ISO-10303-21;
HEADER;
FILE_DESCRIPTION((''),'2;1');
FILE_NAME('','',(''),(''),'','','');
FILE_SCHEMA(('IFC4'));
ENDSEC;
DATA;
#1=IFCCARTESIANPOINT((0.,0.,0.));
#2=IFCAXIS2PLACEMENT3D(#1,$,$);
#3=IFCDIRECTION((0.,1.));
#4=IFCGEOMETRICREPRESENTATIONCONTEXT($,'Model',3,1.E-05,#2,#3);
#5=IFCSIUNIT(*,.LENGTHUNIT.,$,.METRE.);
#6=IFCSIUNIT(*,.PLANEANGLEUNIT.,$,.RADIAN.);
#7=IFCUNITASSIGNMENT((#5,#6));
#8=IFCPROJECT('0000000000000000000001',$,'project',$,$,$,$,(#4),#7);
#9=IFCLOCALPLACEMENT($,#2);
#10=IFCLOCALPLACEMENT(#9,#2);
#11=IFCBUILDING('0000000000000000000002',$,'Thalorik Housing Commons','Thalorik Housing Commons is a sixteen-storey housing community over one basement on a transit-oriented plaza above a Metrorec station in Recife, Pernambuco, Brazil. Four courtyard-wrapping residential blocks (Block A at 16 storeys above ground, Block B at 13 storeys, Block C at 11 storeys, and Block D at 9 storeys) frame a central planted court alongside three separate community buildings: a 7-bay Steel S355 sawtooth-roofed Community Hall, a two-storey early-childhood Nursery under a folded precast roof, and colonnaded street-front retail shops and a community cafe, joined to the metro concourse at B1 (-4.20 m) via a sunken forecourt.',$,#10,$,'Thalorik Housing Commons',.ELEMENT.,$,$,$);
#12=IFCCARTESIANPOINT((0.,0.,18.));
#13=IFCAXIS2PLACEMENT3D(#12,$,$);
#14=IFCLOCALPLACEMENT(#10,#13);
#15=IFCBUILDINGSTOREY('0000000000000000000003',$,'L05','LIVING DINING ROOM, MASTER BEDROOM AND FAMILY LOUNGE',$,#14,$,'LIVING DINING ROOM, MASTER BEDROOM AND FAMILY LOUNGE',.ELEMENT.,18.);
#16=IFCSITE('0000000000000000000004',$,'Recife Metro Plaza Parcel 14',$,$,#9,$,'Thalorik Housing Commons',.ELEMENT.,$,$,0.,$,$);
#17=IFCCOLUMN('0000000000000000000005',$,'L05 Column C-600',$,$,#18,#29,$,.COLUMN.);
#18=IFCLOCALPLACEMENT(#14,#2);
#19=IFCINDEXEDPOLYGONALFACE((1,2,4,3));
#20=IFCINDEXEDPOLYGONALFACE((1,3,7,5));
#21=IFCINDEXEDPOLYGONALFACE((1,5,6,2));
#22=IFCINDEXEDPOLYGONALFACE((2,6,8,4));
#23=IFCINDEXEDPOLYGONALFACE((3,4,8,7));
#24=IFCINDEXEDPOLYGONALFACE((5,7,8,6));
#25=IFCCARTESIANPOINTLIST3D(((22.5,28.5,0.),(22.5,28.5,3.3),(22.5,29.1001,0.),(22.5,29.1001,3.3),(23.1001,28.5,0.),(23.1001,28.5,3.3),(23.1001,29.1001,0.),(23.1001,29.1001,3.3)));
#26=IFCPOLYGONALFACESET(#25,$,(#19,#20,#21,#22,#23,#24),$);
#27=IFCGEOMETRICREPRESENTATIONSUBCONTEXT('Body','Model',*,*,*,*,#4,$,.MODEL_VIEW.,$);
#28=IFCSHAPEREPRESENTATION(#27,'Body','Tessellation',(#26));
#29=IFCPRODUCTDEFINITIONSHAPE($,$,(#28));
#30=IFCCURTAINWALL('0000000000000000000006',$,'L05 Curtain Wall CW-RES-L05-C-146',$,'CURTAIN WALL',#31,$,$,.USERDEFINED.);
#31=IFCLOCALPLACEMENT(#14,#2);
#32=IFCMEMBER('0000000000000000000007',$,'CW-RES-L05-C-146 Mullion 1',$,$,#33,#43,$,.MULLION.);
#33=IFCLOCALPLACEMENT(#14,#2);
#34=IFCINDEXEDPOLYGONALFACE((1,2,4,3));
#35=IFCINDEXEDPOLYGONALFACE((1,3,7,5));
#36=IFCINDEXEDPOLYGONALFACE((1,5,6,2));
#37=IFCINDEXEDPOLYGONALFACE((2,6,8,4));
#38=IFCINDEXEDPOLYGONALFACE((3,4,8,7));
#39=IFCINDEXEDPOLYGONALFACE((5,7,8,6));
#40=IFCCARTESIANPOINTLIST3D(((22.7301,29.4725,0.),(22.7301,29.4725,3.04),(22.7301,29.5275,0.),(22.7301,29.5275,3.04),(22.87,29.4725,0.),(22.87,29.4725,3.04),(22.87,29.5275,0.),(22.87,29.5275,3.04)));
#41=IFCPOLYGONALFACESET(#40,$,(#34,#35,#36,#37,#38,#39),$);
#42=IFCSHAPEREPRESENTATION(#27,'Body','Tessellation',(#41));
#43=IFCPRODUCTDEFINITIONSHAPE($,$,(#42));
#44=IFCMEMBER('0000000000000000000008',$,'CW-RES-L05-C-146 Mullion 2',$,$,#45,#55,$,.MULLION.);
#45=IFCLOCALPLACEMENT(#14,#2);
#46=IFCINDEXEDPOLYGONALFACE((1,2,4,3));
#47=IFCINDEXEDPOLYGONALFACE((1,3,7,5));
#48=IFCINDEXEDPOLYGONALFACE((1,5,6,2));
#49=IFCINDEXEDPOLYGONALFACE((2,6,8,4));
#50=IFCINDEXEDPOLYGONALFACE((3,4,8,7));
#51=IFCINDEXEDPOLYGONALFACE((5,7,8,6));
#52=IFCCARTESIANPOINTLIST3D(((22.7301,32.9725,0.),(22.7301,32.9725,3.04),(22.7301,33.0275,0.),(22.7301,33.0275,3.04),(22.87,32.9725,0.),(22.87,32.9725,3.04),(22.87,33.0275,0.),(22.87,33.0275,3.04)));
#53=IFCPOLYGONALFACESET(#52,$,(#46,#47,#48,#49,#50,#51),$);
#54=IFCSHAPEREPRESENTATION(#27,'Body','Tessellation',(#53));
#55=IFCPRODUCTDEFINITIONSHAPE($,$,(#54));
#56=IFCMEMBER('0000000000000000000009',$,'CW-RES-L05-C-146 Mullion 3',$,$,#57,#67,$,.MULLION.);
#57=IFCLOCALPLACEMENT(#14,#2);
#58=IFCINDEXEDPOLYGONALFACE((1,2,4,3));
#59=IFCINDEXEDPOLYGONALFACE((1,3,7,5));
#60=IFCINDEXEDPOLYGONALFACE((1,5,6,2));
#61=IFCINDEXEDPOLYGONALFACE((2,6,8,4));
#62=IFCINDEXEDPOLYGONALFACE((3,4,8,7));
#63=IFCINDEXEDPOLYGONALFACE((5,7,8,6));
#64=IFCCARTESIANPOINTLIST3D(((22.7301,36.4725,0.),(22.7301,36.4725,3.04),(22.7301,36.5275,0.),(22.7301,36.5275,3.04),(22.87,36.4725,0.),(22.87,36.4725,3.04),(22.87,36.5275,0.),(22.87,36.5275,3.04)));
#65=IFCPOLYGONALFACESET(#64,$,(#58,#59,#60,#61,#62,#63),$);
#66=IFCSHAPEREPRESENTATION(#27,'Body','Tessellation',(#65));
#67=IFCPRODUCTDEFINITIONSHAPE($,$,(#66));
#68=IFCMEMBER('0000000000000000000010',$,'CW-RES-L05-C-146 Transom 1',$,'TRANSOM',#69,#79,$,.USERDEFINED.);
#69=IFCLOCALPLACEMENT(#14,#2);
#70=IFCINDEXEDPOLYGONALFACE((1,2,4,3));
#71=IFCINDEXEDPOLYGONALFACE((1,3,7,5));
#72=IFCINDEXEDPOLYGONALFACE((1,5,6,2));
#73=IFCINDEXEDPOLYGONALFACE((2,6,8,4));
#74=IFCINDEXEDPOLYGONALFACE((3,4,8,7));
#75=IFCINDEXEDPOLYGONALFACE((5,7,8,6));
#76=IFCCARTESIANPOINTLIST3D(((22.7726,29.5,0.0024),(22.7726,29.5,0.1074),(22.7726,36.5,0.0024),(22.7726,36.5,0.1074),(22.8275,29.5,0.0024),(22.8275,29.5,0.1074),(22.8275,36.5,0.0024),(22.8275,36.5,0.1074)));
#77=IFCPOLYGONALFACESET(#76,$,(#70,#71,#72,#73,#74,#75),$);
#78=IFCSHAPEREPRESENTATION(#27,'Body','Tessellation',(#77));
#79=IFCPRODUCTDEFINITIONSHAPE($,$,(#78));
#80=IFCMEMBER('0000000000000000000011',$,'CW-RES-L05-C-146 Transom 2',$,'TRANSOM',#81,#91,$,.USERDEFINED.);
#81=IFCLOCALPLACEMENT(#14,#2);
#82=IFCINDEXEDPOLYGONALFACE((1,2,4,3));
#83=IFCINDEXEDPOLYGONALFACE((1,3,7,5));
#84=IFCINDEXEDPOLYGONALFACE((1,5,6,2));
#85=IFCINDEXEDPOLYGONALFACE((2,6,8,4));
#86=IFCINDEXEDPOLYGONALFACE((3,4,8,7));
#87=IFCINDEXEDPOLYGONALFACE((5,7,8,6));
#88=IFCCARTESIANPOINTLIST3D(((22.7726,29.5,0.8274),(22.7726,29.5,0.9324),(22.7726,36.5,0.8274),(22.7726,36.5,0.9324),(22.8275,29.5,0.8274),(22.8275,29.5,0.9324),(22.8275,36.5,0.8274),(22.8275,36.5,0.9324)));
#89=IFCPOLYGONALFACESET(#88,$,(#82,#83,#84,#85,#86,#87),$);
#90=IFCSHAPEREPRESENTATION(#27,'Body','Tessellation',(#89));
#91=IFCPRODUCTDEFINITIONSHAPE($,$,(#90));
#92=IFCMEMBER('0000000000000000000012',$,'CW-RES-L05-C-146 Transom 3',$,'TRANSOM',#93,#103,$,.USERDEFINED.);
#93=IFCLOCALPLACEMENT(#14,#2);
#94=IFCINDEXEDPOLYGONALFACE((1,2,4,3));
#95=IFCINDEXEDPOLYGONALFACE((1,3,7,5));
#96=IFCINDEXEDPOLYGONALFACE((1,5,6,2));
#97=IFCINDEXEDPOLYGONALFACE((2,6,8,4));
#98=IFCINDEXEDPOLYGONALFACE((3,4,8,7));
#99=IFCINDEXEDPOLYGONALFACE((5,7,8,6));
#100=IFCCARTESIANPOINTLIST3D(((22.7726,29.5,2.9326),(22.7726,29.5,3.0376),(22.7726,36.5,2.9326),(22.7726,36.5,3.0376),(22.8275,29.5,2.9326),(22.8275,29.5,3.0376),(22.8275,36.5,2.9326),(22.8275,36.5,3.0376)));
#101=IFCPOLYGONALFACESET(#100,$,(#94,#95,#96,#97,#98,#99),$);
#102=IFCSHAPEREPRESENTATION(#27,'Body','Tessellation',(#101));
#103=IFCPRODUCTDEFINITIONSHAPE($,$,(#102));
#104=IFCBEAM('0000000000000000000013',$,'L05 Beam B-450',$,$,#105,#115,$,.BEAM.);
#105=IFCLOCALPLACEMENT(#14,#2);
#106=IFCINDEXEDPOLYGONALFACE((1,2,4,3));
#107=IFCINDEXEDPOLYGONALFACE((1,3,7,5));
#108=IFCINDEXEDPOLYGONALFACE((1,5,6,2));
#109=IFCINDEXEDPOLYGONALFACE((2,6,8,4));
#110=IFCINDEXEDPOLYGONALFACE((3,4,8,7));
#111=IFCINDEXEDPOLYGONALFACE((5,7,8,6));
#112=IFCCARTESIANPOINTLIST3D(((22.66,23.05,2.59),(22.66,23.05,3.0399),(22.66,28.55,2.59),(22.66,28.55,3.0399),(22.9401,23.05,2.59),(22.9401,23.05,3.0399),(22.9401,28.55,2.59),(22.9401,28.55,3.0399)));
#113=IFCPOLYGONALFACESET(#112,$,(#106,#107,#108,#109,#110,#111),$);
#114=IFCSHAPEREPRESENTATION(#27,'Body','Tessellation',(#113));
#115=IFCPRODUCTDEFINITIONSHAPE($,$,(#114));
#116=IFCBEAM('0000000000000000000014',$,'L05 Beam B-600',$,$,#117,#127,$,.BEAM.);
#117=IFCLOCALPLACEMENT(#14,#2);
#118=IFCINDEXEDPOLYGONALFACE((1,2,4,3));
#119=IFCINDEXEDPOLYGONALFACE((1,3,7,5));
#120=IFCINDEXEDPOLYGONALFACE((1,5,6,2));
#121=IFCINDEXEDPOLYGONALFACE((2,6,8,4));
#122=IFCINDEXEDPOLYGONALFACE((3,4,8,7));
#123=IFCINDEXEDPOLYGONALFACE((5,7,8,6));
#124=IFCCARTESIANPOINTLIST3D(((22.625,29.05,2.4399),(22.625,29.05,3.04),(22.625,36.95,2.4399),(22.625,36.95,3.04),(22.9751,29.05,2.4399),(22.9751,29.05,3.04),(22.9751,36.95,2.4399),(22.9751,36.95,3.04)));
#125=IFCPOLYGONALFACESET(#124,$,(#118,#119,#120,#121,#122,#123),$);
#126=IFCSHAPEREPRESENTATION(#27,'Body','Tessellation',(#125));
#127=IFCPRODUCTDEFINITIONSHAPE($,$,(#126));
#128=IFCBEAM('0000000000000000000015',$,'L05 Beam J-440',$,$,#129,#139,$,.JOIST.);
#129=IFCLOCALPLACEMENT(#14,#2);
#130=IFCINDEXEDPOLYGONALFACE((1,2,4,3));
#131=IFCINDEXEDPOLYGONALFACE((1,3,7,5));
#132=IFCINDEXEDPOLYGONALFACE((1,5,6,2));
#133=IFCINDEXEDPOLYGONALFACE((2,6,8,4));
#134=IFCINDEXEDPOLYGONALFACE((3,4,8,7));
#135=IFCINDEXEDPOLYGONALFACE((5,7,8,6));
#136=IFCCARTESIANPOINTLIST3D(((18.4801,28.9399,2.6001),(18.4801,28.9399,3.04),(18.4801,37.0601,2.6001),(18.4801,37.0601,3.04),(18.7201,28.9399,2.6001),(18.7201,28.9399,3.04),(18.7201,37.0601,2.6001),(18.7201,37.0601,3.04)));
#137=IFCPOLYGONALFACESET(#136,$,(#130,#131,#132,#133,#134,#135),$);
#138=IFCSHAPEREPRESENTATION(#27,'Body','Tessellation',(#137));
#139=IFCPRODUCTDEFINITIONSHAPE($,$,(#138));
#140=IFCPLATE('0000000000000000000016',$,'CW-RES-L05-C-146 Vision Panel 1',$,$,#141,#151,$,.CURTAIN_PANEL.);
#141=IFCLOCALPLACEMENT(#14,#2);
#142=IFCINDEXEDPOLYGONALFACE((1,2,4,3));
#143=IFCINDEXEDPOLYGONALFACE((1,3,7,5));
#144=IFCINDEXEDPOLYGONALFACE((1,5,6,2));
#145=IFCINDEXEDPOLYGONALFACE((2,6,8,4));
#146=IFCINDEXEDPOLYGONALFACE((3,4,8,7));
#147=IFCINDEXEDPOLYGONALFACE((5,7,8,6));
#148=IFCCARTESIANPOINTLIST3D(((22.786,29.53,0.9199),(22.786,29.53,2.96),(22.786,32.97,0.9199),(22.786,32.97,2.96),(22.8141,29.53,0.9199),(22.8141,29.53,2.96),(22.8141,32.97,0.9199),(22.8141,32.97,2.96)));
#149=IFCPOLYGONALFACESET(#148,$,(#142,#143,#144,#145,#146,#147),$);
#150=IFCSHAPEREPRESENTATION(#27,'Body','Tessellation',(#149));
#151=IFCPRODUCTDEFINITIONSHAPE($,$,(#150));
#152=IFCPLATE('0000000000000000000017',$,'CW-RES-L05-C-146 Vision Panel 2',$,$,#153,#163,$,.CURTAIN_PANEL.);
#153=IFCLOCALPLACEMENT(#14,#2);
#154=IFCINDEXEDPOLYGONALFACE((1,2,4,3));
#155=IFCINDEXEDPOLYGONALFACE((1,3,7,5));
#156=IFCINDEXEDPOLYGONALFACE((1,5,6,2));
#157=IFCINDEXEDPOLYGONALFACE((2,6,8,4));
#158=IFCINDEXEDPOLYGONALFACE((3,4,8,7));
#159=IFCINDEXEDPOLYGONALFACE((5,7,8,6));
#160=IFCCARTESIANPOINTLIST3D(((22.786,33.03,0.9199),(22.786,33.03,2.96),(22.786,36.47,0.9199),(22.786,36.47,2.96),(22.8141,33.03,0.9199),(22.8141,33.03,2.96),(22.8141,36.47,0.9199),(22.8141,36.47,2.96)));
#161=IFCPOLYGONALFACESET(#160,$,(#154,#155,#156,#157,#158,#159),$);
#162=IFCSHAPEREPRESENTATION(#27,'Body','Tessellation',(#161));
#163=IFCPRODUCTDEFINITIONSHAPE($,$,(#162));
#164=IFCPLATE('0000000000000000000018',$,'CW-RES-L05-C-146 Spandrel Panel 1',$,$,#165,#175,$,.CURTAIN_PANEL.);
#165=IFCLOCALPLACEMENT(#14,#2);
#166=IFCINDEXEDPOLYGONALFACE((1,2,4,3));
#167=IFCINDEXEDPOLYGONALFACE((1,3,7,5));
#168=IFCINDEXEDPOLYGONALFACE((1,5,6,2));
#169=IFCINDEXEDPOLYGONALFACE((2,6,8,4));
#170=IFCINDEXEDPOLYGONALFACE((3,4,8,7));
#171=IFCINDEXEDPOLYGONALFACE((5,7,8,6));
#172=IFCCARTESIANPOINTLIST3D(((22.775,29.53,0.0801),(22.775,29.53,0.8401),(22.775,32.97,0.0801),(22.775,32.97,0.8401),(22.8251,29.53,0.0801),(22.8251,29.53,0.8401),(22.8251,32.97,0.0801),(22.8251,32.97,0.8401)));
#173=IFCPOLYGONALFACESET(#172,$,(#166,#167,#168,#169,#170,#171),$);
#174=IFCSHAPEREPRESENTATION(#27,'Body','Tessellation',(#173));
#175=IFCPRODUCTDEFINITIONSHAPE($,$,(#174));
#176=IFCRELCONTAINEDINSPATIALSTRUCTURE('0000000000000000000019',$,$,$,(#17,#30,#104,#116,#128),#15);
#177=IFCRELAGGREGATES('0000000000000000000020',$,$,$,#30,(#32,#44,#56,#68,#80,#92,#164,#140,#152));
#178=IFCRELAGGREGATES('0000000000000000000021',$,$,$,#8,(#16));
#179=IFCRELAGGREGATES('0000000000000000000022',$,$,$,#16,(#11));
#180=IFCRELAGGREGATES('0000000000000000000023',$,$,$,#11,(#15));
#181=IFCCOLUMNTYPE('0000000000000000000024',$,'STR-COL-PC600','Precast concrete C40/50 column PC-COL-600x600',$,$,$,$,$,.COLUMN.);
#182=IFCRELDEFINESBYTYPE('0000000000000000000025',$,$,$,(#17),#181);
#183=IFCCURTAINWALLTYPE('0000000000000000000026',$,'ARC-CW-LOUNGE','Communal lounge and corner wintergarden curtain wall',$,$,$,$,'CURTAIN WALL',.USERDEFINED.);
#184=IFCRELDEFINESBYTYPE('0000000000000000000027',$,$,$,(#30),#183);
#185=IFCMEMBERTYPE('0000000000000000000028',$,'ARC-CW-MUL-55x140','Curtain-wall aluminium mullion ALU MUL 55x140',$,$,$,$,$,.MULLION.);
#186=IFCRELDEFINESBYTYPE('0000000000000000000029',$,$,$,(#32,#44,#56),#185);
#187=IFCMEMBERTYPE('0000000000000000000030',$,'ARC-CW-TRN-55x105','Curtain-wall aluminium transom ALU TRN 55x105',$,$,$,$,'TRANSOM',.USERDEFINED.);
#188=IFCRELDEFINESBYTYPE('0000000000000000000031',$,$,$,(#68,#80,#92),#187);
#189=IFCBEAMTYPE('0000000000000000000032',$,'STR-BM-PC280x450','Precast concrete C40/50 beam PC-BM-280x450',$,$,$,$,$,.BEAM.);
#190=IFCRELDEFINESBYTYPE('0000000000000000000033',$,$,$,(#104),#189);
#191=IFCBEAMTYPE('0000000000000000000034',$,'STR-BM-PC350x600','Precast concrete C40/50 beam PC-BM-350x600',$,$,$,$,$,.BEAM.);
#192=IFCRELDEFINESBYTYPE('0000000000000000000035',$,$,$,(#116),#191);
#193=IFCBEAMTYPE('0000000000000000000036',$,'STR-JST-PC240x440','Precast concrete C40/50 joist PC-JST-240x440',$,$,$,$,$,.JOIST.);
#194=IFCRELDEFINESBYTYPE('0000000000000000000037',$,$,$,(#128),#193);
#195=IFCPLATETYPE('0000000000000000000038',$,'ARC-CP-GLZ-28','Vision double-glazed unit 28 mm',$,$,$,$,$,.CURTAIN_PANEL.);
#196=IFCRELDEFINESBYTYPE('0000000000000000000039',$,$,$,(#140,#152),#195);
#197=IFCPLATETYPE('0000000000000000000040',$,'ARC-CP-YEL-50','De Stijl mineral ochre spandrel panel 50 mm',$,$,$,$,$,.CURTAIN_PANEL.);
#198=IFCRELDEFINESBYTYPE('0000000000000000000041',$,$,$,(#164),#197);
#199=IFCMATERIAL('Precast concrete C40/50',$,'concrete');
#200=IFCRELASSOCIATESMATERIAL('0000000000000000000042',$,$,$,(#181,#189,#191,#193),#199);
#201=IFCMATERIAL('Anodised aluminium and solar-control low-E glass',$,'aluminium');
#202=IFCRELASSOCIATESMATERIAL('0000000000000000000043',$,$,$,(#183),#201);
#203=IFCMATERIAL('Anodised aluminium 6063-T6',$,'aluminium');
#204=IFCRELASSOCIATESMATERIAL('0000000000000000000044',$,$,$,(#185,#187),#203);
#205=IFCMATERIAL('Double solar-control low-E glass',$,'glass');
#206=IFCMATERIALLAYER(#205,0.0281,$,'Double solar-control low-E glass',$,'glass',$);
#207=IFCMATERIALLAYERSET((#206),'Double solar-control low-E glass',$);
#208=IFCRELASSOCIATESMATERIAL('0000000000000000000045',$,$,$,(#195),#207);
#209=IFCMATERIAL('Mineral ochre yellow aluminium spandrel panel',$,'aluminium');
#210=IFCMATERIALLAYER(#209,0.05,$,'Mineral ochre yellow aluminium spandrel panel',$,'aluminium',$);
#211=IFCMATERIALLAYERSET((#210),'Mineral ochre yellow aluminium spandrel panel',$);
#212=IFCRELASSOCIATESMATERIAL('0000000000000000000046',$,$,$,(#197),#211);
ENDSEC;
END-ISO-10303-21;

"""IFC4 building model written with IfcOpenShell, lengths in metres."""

from ifc_helpers import new_model, si_unit, direction, frame, origin, origin_2d, place, context, subcontext, project, spatial, rectangle, extrude, material, layer, layer_set, material_profile, profile_set, type_object, element, aggregate, save


model = new_model("IFC4")

# Units and contexts
model_context = context("Model", 3, precision=1e-05, world=origin(), true_north=direction((0.0, 1.0)))
body_context = subcontext(model_context, "Body", "Model", "MODEL_VIEW")
ifc_project = project(units=[si_unit("LENGTHUNIT", "METRE"), si_unit("PLANEANGLEUNIT", "RADIAN")], contexts=[model_context])

# Site, building, storey
site_placement = place(None, origin())
site = spatial("IfcSite", under=ifc_project, at=site_placement, Name="Recife Metro Plaza Parcel 14", LongName="Thalorik Housing Commons", CompositionType="ELEMENT", RefElevation=0.0)
building_placement = place(site_placement, origin())
building = spatial("IfcBuilding", under=site, at=building_placement, Name="Thalorik Housing Commons", Description="Thalorik Housing Commons is a sixteen-storey housing community over one basement on a transit-oriented plaza above a Metrorec station in Recife, Pernambuco, Brazil. Four courtyard-wrapping residential blocks (Block A at 16 storeys above ground, Block B at 13 storeys, Block C at 11 storeys, and Block D at 9 storeys) frame a central planted court alongside three separate community buildings: a 7-bay Steel S355 sawtooth-roofed Community Hall, a two-storey early-childhood Nursery under a folded precast roof, and colonnaded street-front retail shops and a community cafe, joined to the metro concourse at B1 (-4.20 m) via a sunken forecourt.", LongName="Thalorik Housing Commons", CompositionType="ELEMENT")
storey_placement = place(building_placement, frame((0.0, 0.0, 18.0)))
storey = spatial("IfcBuildingStorey", under=building, at=storey_placement, Name="L05", Description="LIVING DINING ROOM, MASTER BEDROOM AND FAMILY LOUNGE", LongName="LIVING DINING ROOM, MASTER BEDROOM AND FAMILY LOUNGE", CompositionType="ELEMENT", Elevation=18.0)

# Column
ifc_material_1 = material(Name="Precast concrete C40/50", Category="concrete")
ifc_material_profile_1 = material_profile(ifc_material_1, rectangle(XDim=0.6001, YDim=0.6001, at=origin_2d()), Name="PC 600x600", Category="concrete")
ifc_profile_set_1 = profile_set([ifc_material_profile_1], Name="Precast concrete C40/50")
column_type = type_object("IfcColumnType", Name="STR-COL-PC600", Description="Precast concrete C40/50 column PC-COL-600x600", PredefinedType="COLUMN", material=ifc_profile_set_1)
column_placement = place(storey_placement, frame((22.8, 28.8, 0.0), z_axis=(0.0, 0.0, 1.0), x_axis=(1.0, 0.0, 0.0)))
element("IfcColumn", 1, at=column_placement, inside=storey, type_object=column_type, Name="L05 Column C-600", PredefinedType="COLUMN", context=body_context, shape_type="SweptSolid", body=[
    extrude(rectangle(XDim=0.6001, YDim=0.6001, at=origin_2d()), origin(), (0.0, 0.0, 1.0), 3.3),
])

# Curtain wall, members
ifc_material_2 = material(Name="Anodised aluminium and solar-control low-E glass", Category="aluminium")
curtain_wall_type = type_object("IfcCurtainWallType", Name="ARC-CW-LOUNGE", Description="Communal lounge and corner wintergarden curtain wall", ElementType="CURTAIN WALL", PredefinedType="USERDEFINED", material=ifc_material_2)
curtain_wall_placement = place(storey_placement, origin())
curtain_wall = element("IfcCurtainWall", 2, at=curtain_wall_placement, inside=storey, type_object=curtain_wall_type, Name="L05 Curtain Wall CW-RES-L05-C-146", ObjectType="CURTAIN WALL", PredefinedType="USERDEFINED")
ifc_material_3 = material(Name="Anodised aluminium 6063-T6", Category="aluminium")
ifc_material_profile_2 = material_profile(ifc_material_3, rectangle(XDim=0.0549, YDim=0.1399, at=origin_2d()), Name="ALU MUL 55x140", Category="aluminium")
ifc_profile_set_2 = profile_set([ifc_material_profile_2], Name="Anodised aluminium 6063-T6")
member_type_1 = type_object("IfcMemberType", Name="ARC-CW-MUL-55x140", Description="Curtain-wall aluminium mullion ALU MUL 55x140", PredefinedType="MULLION", material=ifc_profile_set_2)
member_1_placement = place(storey_placement, frame((22.8, 29.5, 0.0), z_axis=(0.0, 0.0, 1.0), x_axis=(0.0, 1.0, 0.0)))
member_1 = element("IfcMember", 3, at=member_1_placement, type_object=member_type_1, Name="CW-RES-L05-C-146 Mullion 1", PredefinedType="MULLION", context=body_context, shape_type="SweptSolid", body=[
    extrude(rectangle(XDim=0.0549, YDim=0.1399, at=origin_2d()), origin(), (0.0, 0.0, 1.0), 3.04),
])
member_2_placement = place(storey_placement, frame((22.8, 33.0, 0.0), z_axis=(0.0, 0.0, 1.0), x_axis=(0.0, 1.0, 0.0)))
member_2 = element("IfcMember", 4, at=member_2_placement, type_object=member_type_1, Name="CW-RES-L05-C-146 Mullion 2", PredefinedType="MULLION", context=body_context, shape_type="SweptSolid", body=[
    extrude(rectangle(XDim=0.0549, YDim=0.1399, at=origin_2d()), origin(), (0.0, 0.0, 1.0), 3.04),
])
member_3_placement = place(storey_placement, frame((22.8, 36.5, 0.0), z_axis=(0.0, 0.0, 1.0), x_axis=(0.0, 1.0, 0.0)))
member_3 = element("IfcMember", 5, at=member_3_placement, type_object=member_type_1, Name="CW-RES-L05-C-146 Mullion 3", PredefinedType="MULLION", context=body_context, shape_type="SweptSolid", body=[
    extrude(rectangle(XDim=0.0549, YDim=0.1399, at=origin_2d()), origin(), (0.0, 0.0, 1.0), 3.04),
])
ifc_material_profile_3 = material_profile(ifc_material_3, rectangle(XDim=0.0549, YDim=0.105, at=origin_2d()), Name="ALU TRN 55x105", Category="aluminium")
ifc_profile_set_3 = profile_set([ifc_material_profile_3], Name="Anodised aluminium 6063-T6")
member_type_2 = type_object("IfcMemberType", Name="ARC-CW-TRN-55x105", Description="Curtain-wall aluminium transom ALU TRN 55x105", ElementType="TRANSOM", PredefinedType="USERDEFINED", material=ifc_profile_set_3)
member_4_placement = place(storey_placement, frame((22.8, 29.5, 0.0549), z_axis=(0.0, 1.0, 0.0), x_axis=(-1.0, 0.0, 0.0)))
member_4 = element("IfcMember", 6, at=member_4_placement, type_object=member_type_2, Name="CW-RES-L05-C-146 Transom 1", ObjectType="TRANSOM", PredefinedType="USERDEFINED", context=body_context, shape_type="SweptSolid", body=[
    extrude(rectangle(XDim=0.0549, YDim=0.105, at=origin_2d()), origin(), (0.0, 0.0, 1.0), 7.0),
])
member_5_placement = place(storey_placement, frame((22.8, 29.5, 0.8799), z_axis=(0.0, 1.0, 0.0), x_axis=(-1.0, 0.0, 0.0)))
member_5 = element("IfcMember", 7, at=member_5_placement, type_object=member_type_2, Name="CW-RES-L05-C-146 Transom 2", ObjectType="TRANSOM", PredefinedType="USERDEFINED", context=body_context, shape_type="SweptSolid", body=[
    extrude(rectangle(XDim=0.0549, YDim=0.105, at=origin_2d()), origin(), (0.0, 0.0, 1.0), 7.0),
])
member_6_placement = place(storey_placement, frame((22.8, 29.5, 2.9851), z_axis=(0.0, 1.0, 0.0), x_axis=(-1.0, 0.0, 0.0)))
member_6 = element("IfcMember", 8, at=member_6_placement, type_object=member_type_2, Name="CW-RES-L05-C-146 Transom 3", ObjectType="TRANSOM", PredefinedType="USERDEFINED", context=body_context, shape_type="SweptSolid", body=[
    extrude(rectangle(XDim=0.0549, YDim=0.105, at=origin_2d()), origin(), (0.0, 0.0, 1.0), 7.0),
])

# Beams
ifc_material_profile_4 = material_profile(ifc_material_1, rectangle(XDim=0.28, YDim=0.45, at=origin_2d()), Name="PC 280x450", Category="concrete")
ifc_profile_set_4 = profile_set([ifc_material_profile_4], Name="Precast concrete C40/50")
beam_type_1 = type_object("IfcBeamType", Name="STR-BM-PC280x450", Description="Precast concrete C40/50 beam PC-BM-280x450", PredefinedType="BEAM", material=ifc_profile_set_4)
beam_1_placement = place(storey_placement, frame((22.8, 23.05, 2.8149), z_axis=(0.0, 1.0, 0.0), x_axis=(-1.0, 0.0, 0.0)))
element("IfcBeam", 9, at=beam_1_placement, inside=storey, type_object=beam_type_1, Name="L05 Beam B-450", PredefinedType="BEAM", context=body_context, shape_type="SweptSolid", body=[
    extrude(rectangle(XDim=0.28, YDim=0.45, at=origin_2d()), origin(), (0.0, 0.0, 1.0), 5.5),
])
ifc_material_profile_5 = material_profile(ifc_material_1, rectangle(XDim=0.3501, YDim=0.6001, at=origin_2d()), Name="PC 350x600", Category="concrete")
ifc_profile_set_5 = profile_set([ifc_material_profile_5], Name="Precast concrete C40/50")
beam_type_2 = type_object("IfcBeamType", Name="STR-BM-PC350x600", Description="Precast concrete C40/50 beam PC-BM-350x600", PredefinedType="BEAM", material=ifc_profile_set_5)
beam_2_placement = place(storey_placement, frame((22.8, 29.05, 2.74), z_axis=(0.0, 1.0, 0.0), x_axis=(-1.0, 0.0, 0.0)))
element("IfcBeam", 10, at=beam_2_placement, inside=storey, type_object=beam_type_2, Name="L05 Beam B-600", PredefinedType="BEAM", context=body_context, shape_type="SweptSolid", body=[
    extrude(rectangle(XDim=0.3501, YDim=0.6001, at=origin_2d()), origin(), (0.0, 0.0, 1.0), 7.8999),
])
ifc_material_profile_6 = material_profile(ifc_material_1, rectangle(XDim=0.24, YDim=0.4399, at=origin_2d()), Name="PC JST 240x440", Category="concrete")
ifc_profile_set_6 = profile_set([ifc_material_profile_6], Name="Precast concrete C40/50")
beam_type_3 = type_object("IfcBeamType", Name="STR-JST-PC240x440", Description="Precast concrete C40/50 joist PC-JST-240x440", PredefinedType="JOIST", material=ifc_profile_set_6)
beam_3_placement = place(storey_placement, frame((18.6001, 28.9399, 2.8201), z_axis=(0.0, 1.0, 0.0), x_axis=(-1.0, 0.0, 0.0)))
element("IfcBeam", 11, at=beam_3_placement, inside=storey, type_object=beam_type_3, Name="L05 Beam J-440", PredefinedType="JOIST", context=body_context, shape_type="SweptSolid", body=[
    extrude(rectangle(XDim=0.24, YDim=0.4399, at=origin_2d()), origin(), (0.0, 0.0, 1.0), 8.1201),
])

# Plates
ifc_material_4 = material(Name="Double solar-control low-E glass", Category="glass")
ifc_layer_1 = layer(ifc_material_4, 0.0281, Name="Double solar-control low-E glass", Category="glass")
ifc_layer_set_1 = layer_set([ifc_layer_1], Name="Double solar-control low-E glass")
plate_type_1 = type_object("IfcPlateType", Name="ARC-CP-GLZ-28", Description="Vision double-glazed unit 28 mm", PredefinedType="CURTAIN_PANEL", material=ifc_layer_set_1)
plate_1_placement = place(storey_placement, frame((22.8, 31.25, 0.9199), z_axis=(0.0, 0.0, 1.0), x_axis=(0.0, 1.0, 0.0)))
plate_1 = element("IfcPlate", 12, at=plate_1_placement, type_object=plate_type_1, Name="CW-RES-L05-C-146 Vision Panel 1", PredefinedType="CURTAIN_PANEL", context=body_context, shape_type="SweptSolid", body=[
    extrude(rectangle(XDim=3.4399, YDim=0.0281, at=origin_2d()), origin(), (0.0, 0.0, 1.0), 2.04),
])
plate_2_placement = place(storey_placement, frame((22.8, 34.75, 0.9199), z_axis=(0.0, 0.0, 1.0), x_axis=(0.0, 1.0, 0.0)))
plate_2 = element("IfcPlate", 13, at=plate_2_placement, type_object=plate_type_1, Name="CW-RES-L05-C-146 Vision Panel 2", PredefinedType="CURTAIN_PANEL", context=body_context, shape_type="SweptSolid", body=[
    extrude(rectangle(XDim=3.4399, YDim=0.0281, at=origin_2d()), origin(), (0.0, 0.0, 1.0), 2.04),
])
ifc_material_5 = material(Name="Mineral ochre yellow aluminium spandrel panel", Category="aluminium")
ifc_layer_2 = layer(ifc_material_5, 0.05, Name="Mineral ochre yellow aluminium spandrel panel", Category="aluminium")
ifc_layer_set_2 = layer_set([ifc_layer_2], Name="Mineral ochre yellow aluminium spandrel panel")
plate_type_2 = type_object("IfcPlateType", Name="ARC-CP-YEL-50", Description="De Stijl mineral ochre spandrel panel 50 mm", PredefinedType="CURTAIN_PANEL", material=ifc_layer_set_2)
plate_3_placement = place(storey_placement, frame((22.8, 31.25, 0.0801), z_axis=(0.0, 0.0, 1.0), x_axis=(0.0, 1.0, 0.0)))
plate_3 = element("IfcPlate", 14, at=plate_3_placement, type_object=plate_type_2, Name="CW-RES-L05-C-146 Spandrel Panel 1", PredefinedType="CURTAIN_PANEL", context=body_context, shape_type="SweptSolid", body=[
    extrude(rectangle(XDim=3.4399, YDim=0.05, at=origin_2d()), origin(), (0.0, 0.0, 1.0), 0.76),
])
aggregate(curtain_wall, [member_1, member_2, member_3, member_4, member_5, member_6, plate_3, plate_1, plate_2])

save(model, "model.ifc")
